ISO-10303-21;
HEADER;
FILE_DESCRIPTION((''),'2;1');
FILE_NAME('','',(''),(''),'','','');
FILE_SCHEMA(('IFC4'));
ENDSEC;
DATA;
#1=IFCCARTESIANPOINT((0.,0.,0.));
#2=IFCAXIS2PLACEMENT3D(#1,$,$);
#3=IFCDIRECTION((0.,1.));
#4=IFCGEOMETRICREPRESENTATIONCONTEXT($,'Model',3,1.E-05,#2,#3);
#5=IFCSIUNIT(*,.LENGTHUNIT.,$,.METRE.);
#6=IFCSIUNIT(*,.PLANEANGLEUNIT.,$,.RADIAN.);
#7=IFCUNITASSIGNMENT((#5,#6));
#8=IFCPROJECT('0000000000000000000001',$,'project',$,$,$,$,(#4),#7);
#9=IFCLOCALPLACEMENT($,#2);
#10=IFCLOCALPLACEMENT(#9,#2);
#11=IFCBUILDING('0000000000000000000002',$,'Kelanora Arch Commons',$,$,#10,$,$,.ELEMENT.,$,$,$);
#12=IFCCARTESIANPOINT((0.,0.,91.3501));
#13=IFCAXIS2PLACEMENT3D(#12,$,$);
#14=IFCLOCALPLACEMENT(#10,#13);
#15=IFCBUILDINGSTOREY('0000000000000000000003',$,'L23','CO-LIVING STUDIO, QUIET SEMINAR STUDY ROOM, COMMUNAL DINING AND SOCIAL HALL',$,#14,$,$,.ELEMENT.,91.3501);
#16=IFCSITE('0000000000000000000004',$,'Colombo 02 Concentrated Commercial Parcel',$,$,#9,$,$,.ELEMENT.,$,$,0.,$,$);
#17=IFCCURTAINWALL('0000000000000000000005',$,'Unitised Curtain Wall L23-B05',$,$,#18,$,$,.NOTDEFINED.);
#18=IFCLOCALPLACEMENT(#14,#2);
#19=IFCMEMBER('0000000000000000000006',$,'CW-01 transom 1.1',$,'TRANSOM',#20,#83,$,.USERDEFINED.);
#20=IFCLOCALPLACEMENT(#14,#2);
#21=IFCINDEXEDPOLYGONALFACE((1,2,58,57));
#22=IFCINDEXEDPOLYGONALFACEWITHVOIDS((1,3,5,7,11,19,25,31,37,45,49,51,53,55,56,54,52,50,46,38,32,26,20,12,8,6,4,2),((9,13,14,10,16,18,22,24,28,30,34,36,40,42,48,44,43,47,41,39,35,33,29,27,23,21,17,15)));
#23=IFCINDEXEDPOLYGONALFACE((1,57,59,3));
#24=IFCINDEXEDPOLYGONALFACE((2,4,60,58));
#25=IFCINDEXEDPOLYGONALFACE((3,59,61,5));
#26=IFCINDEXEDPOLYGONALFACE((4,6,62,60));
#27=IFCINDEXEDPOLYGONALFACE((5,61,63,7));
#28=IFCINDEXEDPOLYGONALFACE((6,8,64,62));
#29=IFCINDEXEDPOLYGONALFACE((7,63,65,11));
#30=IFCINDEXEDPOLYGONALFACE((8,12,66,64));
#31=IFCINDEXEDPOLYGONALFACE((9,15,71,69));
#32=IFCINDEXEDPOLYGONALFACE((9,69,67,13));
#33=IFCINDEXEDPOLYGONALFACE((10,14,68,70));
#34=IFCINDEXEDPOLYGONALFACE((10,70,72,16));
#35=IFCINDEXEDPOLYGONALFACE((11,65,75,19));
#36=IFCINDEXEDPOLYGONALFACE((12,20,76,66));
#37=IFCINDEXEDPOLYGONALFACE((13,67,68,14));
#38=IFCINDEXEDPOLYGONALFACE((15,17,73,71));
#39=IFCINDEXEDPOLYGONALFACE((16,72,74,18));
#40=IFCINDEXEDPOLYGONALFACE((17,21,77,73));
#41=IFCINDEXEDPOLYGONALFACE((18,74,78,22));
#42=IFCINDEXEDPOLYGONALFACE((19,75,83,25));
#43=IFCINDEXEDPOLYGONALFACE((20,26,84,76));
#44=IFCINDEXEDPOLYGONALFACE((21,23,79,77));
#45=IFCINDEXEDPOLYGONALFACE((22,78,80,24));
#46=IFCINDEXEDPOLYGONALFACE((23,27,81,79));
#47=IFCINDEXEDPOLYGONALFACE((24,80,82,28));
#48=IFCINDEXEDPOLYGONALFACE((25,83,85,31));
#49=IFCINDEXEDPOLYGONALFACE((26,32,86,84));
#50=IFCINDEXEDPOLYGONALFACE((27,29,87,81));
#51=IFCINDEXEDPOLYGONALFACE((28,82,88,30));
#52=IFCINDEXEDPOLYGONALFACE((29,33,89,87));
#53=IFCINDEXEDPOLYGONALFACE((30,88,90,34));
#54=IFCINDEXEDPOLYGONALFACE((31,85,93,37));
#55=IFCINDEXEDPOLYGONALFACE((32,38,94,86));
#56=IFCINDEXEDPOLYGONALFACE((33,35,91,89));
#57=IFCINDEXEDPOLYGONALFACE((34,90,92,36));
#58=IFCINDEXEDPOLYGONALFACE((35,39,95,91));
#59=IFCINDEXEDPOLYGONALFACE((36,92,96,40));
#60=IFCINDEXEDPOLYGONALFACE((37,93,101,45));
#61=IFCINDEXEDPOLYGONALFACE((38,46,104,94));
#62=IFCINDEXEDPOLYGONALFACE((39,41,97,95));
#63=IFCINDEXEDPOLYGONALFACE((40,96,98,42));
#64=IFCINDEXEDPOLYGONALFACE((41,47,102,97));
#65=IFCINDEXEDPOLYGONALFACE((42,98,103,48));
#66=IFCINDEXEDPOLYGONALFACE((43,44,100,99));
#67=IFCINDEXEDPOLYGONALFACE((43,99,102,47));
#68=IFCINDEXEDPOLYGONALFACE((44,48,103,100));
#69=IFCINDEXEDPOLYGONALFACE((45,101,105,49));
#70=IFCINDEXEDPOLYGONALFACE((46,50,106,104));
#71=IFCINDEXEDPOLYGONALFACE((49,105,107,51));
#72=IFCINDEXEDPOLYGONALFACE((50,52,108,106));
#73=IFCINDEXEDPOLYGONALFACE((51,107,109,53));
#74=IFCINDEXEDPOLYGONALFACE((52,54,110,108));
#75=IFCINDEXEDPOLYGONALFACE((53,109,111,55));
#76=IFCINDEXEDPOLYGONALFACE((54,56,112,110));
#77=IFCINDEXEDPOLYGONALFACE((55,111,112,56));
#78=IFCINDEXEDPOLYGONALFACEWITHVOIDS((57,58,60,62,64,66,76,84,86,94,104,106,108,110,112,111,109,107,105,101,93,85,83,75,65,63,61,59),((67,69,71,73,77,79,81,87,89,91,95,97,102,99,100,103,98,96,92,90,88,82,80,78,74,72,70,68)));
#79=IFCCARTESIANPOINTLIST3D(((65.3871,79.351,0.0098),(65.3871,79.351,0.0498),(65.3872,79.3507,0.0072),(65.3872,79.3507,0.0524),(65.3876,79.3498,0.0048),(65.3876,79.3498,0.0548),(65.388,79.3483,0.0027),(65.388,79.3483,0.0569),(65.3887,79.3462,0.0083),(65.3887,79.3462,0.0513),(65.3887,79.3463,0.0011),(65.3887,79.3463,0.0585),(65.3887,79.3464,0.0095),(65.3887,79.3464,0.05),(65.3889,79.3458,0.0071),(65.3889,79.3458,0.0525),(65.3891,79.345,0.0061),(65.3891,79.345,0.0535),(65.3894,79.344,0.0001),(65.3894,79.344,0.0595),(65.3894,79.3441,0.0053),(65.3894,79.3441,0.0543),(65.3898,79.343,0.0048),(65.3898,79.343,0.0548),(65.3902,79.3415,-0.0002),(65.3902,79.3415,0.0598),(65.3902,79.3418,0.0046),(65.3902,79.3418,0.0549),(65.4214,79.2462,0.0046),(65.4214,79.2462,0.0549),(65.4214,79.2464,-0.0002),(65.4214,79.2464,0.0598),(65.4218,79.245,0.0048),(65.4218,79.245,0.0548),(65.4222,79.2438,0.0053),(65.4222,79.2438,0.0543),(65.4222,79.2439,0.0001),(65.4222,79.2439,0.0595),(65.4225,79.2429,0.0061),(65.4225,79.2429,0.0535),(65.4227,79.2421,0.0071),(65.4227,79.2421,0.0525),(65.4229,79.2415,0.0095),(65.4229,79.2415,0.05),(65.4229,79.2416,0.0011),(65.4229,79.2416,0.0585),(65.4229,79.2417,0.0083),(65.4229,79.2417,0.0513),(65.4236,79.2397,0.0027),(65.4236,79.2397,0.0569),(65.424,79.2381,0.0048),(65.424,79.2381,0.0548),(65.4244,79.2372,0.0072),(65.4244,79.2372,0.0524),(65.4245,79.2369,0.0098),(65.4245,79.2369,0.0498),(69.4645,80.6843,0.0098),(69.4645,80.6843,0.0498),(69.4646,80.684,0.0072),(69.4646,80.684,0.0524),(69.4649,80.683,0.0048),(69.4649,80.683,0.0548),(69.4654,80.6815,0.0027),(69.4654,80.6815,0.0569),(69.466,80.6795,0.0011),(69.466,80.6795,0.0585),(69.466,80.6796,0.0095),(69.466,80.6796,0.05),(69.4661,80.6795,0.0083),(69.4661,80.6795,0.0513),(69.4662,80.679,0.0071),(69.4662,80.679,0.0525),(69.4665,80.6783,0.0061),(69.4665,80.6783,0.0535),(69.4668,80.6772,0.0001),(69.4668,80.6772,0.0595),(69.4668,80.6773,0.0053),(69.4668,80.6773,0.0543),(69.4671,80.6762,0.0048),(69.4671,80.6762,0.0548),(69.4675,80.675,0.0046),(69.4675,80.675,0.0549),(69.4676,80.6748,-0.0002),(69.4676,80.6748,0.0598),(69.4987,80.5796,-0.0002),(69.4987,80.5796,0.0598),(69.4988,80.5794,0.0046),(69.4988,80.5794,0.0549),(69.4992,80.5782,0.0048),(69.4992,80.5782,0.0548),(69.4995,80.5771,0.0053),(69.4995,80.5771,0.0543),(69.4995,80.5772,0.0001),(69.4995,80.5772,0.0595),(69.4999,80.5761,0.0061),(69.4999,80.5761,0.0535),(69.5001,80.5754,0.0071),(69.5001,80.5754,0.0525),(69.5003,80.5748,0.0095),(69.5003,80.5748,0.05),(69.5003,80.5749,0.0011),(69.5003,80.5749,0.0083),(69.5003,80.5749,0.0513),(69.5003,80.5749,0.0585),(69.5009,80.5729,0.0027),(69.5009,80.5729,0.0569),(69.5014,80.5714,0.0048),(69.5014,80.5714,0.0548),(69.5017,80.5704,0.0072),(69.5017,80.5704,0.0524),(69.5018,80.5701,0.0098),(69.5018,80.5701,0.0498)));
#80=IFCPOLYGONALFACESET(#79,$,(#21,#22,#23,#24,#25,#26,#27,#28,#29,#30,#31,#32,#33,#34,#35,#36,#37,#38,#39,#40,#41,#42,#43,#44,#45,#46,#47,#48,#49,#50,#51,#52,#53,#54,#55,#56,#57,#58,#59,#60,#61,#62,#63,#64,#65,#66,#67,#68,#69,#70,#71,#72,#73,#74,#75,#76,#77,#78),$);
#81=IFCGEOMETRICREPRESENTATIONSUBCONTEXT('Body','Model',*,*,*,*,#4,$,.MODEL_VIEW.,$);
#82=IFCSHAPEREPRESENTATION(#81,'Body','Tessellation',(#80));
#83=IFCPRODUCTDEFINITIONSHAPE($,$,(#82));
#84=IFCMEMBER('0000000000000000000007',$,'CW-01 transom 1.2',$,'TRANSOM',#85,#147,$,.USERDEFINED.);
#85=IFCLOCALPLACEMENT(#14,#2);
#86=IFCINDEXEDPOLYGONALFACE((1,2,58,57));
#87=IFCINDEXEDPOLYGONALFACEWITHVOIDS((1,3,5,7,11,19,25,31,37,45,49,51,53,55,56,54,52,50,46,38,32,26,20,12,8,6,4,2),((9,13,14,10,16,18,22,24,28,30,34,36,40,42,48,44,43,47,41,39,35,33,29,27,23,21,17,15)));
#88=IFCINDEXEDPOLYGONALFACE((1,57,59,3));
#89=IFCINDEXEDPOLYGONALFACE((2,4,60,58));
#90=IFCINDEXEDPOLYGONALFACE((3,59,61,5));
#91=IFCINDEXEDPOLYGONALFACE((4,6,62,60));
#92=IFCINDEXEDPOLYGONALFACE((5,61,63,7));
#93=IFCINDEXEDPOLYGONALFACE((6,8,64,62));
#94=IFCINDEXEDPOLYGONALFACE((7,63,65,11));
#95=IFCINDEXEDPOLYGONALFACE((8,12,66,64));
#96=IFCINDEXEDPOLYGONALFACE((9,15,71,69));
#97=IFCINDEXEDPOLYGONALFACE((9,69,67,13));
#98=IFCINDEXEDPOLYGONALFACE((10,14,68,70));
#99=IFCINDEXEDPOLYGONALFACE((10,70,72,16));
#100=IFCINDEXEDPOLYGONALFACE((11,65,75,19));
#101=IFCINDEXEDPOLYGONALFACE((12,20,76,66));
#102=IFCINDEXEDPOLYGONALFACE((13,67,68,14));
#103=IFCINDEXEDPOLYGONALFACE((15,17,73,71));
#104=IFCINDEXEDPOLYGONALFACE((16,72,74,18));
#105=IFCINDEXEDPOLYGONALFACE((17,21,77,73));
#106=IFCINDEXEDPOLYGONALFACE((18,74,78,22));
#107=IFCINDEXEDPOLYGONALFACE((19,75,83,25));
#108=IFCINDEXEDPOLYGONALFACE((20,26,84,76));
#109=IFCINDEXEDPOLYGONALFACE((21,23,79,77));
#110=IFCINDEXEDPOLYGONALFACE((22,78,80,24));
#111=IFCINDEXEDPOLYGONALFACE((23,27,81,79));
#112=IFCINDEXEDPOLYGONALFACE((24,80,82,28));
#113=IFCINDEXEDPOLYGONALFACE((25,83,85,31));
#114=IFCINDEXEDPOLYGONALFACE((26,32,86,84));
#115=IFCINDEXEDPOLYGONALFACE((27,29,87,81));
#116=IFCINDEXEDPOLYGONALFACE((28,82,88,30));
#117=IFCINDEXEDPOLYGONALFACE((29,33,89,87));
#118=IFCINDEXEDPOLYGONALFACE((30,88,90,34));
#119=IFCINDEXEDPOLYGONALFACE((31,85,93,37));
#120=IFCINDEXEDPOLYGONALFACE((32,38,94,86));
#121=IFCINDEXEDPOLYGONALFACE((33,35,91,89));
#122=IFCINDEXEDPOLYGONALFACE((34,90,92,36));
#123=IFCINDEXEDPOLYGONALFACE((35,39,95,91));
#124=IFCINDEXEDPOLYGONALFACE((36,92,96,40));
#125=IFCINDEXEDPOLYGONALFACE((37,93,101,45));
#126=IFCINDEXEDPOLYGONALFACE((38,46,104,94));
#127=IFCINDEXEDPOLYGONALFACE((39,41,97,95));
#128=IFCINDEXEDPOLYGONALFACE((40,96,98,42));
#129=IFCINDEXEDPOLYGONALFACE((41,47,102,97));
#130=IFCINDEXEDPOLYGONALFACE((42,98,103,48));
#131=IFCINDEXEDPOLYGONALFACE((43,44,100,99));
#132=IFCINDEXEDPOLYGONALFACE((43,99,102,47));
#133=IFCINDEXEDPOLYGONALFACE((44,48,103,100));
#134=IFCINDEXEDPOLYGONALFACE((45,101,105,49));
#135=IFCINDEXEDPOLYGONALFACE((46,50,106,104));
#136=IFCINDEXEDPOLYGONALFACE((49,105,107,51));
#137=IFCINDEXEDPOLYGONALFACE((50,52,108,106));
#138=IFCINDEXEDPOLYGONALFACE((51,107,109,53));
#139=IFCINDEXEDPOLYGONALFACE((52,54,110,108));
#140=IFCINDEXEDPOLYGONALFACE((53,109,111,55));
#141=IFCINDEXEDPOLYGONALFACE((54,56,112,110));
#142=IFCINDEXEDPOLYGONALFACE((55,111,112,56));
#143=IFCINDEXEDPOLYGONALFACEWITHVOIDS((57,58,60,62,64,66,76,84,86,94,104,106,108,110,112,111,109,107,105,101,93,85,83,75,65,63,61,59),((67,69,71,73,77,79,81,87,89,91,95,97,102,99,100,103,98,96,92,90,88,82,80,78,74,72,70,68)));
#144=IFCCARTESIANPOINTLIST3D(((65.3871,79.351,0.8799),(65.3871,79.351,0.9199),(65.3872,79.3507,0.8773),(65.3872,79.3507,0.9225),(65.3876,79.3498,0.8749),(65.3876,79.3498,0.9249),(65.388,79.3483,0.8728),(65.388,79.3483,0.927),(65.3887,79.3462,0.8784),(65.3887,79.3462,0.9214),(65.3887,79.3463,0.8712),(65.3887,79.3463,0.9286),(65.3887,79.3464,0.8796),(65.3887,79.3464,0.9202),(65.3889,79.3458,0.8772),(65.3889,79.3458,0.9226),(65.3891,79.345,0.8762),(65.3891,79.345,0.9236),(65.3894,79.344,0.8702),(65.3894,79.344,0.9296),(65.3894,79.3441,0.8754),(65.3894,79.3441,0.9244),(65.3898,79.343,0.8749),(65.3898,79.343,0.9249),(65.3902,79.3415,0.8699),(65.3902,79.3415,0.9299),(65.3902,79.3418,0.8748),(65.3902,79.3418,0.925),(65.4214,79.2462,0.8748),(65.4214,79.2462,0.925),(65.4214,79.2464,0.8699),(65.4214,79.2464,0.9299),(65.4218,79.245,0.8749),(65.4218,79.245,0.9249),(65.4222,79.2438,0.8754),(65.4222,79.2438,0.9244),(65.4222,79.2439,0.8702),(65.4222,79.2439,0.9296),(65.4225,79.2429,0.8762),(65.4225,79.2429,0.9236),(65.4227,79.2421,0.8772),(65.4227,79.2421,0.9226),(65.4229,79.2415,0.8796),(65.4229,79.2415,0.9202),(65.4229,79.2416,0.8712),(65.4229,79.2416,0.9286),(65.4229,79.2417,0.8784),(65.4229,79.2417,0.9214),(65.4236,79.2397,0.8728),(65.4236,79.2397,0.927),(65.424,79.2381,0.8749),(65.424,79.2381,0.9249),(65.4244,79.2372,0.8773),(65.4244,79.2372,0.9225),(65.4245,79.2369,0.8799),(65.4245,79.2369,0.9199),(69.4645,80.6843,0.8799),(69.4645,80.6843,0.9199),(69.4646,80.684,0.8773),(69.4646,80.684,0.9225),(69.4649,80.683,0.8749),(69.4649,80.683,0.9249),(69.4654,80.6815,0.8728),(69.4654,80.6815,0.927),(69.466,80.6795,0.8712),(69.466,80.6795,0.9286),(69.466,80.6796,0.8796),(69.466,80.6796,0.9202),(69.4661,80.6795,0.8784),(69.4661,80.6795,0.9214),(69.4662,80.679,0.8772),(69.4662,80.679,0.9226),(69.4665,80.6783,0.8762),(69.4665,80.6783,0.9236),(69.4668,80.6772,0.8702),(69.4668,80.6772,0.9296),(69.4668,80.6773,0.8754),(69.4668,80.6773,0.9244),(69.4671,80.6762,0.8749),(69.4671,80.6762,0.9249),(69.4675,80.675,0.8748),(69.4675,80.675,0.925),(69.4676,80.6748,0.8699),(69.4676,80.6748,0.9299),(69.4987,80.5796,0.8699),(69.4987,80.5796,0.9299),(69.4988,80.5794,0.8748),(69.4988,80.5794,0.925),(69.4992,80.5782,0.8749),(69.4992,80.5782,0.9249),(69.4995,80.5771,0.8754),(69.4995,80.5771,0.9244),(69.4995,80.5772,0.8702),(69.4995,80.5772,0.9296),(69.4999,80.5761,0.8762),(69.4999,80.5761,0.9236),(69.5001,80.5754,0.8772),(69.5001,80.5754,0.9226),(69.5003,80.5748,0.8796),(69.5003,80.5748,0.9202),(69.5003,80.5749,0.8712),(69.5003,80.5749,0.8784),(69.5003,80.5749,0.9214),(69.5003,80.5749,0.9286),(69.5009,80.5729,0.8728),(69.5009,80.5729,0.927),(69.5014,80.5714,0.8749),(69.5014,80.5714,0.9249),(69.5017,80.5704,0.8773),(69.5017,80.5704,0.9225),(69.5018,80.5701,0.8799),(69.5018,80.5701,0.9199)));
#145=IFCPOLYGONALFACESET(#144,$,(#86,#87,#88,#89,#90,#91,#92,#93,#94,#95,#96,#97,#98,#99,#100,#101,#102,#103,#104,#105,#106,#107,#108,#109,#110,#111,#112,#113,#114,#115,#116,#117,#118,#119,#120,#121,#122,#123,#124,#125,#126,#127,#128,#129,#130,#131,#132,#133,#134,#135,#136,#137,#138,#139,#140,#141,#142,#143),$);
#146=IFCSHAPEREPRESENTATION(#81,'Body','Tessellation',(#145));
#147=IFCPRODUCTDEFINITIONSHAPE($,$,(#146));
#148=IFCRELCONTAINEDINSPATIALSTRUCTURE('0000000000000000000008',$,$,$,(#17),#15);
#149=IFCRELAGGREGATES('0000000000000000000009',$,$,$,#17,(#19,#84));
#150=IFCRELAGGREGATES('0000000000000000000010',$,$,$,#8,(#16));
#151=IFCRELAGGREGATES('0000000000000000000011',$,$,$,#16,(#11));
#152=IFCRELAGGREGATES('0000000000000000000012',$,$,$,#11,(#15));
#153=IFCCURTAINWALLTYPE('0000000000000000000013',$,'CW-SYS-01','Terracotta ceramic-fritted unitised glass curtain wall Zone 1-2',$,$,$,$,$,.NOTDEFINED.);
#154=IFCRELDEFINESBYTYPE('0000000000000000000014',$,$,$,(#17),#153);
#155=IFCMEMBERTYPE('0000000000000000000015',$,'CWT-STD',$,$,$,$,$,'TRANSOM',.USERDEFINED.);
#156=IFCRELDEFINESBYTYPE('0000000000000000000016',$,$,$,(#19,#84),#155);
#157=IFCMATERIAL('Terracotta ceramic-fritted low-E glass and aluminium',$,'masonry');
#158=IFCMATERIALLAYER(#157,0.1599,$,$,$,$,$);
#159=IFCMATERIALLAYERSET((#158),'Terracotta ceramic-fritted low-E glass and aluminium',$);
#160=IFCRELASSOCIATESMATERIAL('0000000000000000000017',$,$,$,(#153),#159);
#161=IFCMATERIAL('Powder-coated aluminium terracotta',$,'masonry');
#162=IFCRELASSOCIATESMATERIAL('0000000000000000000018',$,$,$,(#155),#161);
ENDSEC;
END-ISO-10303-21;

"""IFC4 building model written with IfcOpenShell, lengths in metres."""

from ifc_helpers import new_model, si_unit, direction, frame, origin, origin_2d, place, context, subcontext, project, spatial, hollow_rectangle, extrude, material, layer, layer_set, material_profile, profile_set, type_object, element, aggregate, save


model = new_model("IFC4")

# Units and contexts
model_context = context("Model", 3, precision=1e-05, world=origin(), true_north=direction((0.0, 1.0)))
body_context = subcontext(model_context, "Body", "Model", "MODEL_VIEW")
ifc_project = project(units=[si_unit("LENGTHUNIT", "METRE"), si_unit("PLANEANGLEUNIT", "RADIAN")], contexts=[model_context])

# Site, building, storey
site_placement = place(None, origin())
site = spatial("IfcSite", under=ifc_project, at=site_placement, Name="Colombo 02 Concentrated Commercial Parcel", CompositionType="ELEMENT", RefElevation=0.0)
building_placement = place(site_placement, origin())
building = spatial("IfcBuilding", under=site, at=building_placement, Name="Kelanora Arch Commons", CompositionType="ELEMENT")
storey_placement = place(building_placement, frame((0.0, 0.0, 91.3501)))
storey = spatial("IfcBuildingStorey", under=building, at=storey_placement, Name="L23", Description="CO-LIVING STUDIO, QUIET SEMINAR STUDY ROOM, COMMUNAL DINING AND SOCIAL HALL", CompositionType="ELEMENT", Elevation=91.3501)

# Curtain wall, members
ifc_material_1 = material(Name="Terracotta ceramic-fritted low-E glass and aluminium", Category="masonry")
ifc_layer_1 = layer(ifc_material_1, 0.1599)
ifc_layer_set_1 = layer_set([ifc_layer_1], Name="Terracotta ceramic-fritted low-E glass and aluminium")
curtain_wall_type = type_object("IfcCurtainWallType", Name="CW-SYS-01", Description="Terracotta ceramic-fritted unitised glass curtain wall Zone 1-2", PredefinedType="NOTDEFINED", material=ifc_layer_set_1)
curtain_wall_placement = place(storey_placement, origin())
curtain_wall = element("IfcCurtainWall", 1, at=curtain_wall_placement, inside=storey, type_object=curtain_wall_type, Name="Unitised Curtain Wall L23-B05", PredefinedType="NOTDEFINED")
ifc_material_2 = material(Name="Powder-coated aluminium terracotta", Category="masonry")
ifc_material_profile_1 = material_profile(ifc_material_2, hollow_rectangle(XDim=0.1201, YDim=0.0601, WallThickness=0.0049, InnerFilletRadius=0.0049, OuterFilletRadius=0.01, at=origin_2d()), Name="CWT120x60")
ifc_profile_set_1 = profile_set([ifc_material_profile_1], Name="Powder-coated aluminium terracotta")
member_type_1 = type_object("IfcMemberType", Name="CWT-STD", ElementType="TRANSOM", PredefinedType="USERDEFINED", material=ifc_profile_set_1)
member_1_placement = place(storey_placement, frame((69.4832, 80.6272, 0.0298), z_axis=(-0.950478, -0.310793, 0.0), x_axis=(0.310793, -0.950478, 0.0)))
member_1 = element("IfcMember", 2, at=member_1_placement, type_object=member_type_1, Name="CW-01 transom 1.1", ObjectType="TRANSOM", PredefinedType="USERDEFINED", context=body_context, shape_type="SweptSolid", body=[
    extrude(hollow_rectangle(XDim=0.1201, YDim=0.0601, WallThickness=0.0049, InnerFilletRadius=0.0049, OuterFilletRadius=0.01, at=origin_2d()), origin(), (0.0, 0.0, 1.0), 4.2898),
])
member_2_placement = place(storey_placement, frame((69.4832, 80.6272, 0.8999), z_axis=(-0.950478, -0.310793, 0.0), x_axis=(0.310793, -0.950478, 0.0)))
member_2 = element("IfcMember", 3, at=member_2_placement, type_object=member_type_1, Name="CW-01 transom 1.2", ObjectType="TRANSOM", PredefinedType="USERDEFINED", context=body_context, shape_type="SweptSolid", body=[
    extrude(hollow_rectangle(XDim=0.1201, YDim=0.0601, WallThickness=0.0049, InnerFilletRadius=0.0049, OuterFilletRadius=0.01, at=origin_2d()), origin(), (0.0, 0.0, 1.0), 4.2898),
])
aggregate(curtain_wall, [member_1, member_2])

save(model, "model.ifc")
